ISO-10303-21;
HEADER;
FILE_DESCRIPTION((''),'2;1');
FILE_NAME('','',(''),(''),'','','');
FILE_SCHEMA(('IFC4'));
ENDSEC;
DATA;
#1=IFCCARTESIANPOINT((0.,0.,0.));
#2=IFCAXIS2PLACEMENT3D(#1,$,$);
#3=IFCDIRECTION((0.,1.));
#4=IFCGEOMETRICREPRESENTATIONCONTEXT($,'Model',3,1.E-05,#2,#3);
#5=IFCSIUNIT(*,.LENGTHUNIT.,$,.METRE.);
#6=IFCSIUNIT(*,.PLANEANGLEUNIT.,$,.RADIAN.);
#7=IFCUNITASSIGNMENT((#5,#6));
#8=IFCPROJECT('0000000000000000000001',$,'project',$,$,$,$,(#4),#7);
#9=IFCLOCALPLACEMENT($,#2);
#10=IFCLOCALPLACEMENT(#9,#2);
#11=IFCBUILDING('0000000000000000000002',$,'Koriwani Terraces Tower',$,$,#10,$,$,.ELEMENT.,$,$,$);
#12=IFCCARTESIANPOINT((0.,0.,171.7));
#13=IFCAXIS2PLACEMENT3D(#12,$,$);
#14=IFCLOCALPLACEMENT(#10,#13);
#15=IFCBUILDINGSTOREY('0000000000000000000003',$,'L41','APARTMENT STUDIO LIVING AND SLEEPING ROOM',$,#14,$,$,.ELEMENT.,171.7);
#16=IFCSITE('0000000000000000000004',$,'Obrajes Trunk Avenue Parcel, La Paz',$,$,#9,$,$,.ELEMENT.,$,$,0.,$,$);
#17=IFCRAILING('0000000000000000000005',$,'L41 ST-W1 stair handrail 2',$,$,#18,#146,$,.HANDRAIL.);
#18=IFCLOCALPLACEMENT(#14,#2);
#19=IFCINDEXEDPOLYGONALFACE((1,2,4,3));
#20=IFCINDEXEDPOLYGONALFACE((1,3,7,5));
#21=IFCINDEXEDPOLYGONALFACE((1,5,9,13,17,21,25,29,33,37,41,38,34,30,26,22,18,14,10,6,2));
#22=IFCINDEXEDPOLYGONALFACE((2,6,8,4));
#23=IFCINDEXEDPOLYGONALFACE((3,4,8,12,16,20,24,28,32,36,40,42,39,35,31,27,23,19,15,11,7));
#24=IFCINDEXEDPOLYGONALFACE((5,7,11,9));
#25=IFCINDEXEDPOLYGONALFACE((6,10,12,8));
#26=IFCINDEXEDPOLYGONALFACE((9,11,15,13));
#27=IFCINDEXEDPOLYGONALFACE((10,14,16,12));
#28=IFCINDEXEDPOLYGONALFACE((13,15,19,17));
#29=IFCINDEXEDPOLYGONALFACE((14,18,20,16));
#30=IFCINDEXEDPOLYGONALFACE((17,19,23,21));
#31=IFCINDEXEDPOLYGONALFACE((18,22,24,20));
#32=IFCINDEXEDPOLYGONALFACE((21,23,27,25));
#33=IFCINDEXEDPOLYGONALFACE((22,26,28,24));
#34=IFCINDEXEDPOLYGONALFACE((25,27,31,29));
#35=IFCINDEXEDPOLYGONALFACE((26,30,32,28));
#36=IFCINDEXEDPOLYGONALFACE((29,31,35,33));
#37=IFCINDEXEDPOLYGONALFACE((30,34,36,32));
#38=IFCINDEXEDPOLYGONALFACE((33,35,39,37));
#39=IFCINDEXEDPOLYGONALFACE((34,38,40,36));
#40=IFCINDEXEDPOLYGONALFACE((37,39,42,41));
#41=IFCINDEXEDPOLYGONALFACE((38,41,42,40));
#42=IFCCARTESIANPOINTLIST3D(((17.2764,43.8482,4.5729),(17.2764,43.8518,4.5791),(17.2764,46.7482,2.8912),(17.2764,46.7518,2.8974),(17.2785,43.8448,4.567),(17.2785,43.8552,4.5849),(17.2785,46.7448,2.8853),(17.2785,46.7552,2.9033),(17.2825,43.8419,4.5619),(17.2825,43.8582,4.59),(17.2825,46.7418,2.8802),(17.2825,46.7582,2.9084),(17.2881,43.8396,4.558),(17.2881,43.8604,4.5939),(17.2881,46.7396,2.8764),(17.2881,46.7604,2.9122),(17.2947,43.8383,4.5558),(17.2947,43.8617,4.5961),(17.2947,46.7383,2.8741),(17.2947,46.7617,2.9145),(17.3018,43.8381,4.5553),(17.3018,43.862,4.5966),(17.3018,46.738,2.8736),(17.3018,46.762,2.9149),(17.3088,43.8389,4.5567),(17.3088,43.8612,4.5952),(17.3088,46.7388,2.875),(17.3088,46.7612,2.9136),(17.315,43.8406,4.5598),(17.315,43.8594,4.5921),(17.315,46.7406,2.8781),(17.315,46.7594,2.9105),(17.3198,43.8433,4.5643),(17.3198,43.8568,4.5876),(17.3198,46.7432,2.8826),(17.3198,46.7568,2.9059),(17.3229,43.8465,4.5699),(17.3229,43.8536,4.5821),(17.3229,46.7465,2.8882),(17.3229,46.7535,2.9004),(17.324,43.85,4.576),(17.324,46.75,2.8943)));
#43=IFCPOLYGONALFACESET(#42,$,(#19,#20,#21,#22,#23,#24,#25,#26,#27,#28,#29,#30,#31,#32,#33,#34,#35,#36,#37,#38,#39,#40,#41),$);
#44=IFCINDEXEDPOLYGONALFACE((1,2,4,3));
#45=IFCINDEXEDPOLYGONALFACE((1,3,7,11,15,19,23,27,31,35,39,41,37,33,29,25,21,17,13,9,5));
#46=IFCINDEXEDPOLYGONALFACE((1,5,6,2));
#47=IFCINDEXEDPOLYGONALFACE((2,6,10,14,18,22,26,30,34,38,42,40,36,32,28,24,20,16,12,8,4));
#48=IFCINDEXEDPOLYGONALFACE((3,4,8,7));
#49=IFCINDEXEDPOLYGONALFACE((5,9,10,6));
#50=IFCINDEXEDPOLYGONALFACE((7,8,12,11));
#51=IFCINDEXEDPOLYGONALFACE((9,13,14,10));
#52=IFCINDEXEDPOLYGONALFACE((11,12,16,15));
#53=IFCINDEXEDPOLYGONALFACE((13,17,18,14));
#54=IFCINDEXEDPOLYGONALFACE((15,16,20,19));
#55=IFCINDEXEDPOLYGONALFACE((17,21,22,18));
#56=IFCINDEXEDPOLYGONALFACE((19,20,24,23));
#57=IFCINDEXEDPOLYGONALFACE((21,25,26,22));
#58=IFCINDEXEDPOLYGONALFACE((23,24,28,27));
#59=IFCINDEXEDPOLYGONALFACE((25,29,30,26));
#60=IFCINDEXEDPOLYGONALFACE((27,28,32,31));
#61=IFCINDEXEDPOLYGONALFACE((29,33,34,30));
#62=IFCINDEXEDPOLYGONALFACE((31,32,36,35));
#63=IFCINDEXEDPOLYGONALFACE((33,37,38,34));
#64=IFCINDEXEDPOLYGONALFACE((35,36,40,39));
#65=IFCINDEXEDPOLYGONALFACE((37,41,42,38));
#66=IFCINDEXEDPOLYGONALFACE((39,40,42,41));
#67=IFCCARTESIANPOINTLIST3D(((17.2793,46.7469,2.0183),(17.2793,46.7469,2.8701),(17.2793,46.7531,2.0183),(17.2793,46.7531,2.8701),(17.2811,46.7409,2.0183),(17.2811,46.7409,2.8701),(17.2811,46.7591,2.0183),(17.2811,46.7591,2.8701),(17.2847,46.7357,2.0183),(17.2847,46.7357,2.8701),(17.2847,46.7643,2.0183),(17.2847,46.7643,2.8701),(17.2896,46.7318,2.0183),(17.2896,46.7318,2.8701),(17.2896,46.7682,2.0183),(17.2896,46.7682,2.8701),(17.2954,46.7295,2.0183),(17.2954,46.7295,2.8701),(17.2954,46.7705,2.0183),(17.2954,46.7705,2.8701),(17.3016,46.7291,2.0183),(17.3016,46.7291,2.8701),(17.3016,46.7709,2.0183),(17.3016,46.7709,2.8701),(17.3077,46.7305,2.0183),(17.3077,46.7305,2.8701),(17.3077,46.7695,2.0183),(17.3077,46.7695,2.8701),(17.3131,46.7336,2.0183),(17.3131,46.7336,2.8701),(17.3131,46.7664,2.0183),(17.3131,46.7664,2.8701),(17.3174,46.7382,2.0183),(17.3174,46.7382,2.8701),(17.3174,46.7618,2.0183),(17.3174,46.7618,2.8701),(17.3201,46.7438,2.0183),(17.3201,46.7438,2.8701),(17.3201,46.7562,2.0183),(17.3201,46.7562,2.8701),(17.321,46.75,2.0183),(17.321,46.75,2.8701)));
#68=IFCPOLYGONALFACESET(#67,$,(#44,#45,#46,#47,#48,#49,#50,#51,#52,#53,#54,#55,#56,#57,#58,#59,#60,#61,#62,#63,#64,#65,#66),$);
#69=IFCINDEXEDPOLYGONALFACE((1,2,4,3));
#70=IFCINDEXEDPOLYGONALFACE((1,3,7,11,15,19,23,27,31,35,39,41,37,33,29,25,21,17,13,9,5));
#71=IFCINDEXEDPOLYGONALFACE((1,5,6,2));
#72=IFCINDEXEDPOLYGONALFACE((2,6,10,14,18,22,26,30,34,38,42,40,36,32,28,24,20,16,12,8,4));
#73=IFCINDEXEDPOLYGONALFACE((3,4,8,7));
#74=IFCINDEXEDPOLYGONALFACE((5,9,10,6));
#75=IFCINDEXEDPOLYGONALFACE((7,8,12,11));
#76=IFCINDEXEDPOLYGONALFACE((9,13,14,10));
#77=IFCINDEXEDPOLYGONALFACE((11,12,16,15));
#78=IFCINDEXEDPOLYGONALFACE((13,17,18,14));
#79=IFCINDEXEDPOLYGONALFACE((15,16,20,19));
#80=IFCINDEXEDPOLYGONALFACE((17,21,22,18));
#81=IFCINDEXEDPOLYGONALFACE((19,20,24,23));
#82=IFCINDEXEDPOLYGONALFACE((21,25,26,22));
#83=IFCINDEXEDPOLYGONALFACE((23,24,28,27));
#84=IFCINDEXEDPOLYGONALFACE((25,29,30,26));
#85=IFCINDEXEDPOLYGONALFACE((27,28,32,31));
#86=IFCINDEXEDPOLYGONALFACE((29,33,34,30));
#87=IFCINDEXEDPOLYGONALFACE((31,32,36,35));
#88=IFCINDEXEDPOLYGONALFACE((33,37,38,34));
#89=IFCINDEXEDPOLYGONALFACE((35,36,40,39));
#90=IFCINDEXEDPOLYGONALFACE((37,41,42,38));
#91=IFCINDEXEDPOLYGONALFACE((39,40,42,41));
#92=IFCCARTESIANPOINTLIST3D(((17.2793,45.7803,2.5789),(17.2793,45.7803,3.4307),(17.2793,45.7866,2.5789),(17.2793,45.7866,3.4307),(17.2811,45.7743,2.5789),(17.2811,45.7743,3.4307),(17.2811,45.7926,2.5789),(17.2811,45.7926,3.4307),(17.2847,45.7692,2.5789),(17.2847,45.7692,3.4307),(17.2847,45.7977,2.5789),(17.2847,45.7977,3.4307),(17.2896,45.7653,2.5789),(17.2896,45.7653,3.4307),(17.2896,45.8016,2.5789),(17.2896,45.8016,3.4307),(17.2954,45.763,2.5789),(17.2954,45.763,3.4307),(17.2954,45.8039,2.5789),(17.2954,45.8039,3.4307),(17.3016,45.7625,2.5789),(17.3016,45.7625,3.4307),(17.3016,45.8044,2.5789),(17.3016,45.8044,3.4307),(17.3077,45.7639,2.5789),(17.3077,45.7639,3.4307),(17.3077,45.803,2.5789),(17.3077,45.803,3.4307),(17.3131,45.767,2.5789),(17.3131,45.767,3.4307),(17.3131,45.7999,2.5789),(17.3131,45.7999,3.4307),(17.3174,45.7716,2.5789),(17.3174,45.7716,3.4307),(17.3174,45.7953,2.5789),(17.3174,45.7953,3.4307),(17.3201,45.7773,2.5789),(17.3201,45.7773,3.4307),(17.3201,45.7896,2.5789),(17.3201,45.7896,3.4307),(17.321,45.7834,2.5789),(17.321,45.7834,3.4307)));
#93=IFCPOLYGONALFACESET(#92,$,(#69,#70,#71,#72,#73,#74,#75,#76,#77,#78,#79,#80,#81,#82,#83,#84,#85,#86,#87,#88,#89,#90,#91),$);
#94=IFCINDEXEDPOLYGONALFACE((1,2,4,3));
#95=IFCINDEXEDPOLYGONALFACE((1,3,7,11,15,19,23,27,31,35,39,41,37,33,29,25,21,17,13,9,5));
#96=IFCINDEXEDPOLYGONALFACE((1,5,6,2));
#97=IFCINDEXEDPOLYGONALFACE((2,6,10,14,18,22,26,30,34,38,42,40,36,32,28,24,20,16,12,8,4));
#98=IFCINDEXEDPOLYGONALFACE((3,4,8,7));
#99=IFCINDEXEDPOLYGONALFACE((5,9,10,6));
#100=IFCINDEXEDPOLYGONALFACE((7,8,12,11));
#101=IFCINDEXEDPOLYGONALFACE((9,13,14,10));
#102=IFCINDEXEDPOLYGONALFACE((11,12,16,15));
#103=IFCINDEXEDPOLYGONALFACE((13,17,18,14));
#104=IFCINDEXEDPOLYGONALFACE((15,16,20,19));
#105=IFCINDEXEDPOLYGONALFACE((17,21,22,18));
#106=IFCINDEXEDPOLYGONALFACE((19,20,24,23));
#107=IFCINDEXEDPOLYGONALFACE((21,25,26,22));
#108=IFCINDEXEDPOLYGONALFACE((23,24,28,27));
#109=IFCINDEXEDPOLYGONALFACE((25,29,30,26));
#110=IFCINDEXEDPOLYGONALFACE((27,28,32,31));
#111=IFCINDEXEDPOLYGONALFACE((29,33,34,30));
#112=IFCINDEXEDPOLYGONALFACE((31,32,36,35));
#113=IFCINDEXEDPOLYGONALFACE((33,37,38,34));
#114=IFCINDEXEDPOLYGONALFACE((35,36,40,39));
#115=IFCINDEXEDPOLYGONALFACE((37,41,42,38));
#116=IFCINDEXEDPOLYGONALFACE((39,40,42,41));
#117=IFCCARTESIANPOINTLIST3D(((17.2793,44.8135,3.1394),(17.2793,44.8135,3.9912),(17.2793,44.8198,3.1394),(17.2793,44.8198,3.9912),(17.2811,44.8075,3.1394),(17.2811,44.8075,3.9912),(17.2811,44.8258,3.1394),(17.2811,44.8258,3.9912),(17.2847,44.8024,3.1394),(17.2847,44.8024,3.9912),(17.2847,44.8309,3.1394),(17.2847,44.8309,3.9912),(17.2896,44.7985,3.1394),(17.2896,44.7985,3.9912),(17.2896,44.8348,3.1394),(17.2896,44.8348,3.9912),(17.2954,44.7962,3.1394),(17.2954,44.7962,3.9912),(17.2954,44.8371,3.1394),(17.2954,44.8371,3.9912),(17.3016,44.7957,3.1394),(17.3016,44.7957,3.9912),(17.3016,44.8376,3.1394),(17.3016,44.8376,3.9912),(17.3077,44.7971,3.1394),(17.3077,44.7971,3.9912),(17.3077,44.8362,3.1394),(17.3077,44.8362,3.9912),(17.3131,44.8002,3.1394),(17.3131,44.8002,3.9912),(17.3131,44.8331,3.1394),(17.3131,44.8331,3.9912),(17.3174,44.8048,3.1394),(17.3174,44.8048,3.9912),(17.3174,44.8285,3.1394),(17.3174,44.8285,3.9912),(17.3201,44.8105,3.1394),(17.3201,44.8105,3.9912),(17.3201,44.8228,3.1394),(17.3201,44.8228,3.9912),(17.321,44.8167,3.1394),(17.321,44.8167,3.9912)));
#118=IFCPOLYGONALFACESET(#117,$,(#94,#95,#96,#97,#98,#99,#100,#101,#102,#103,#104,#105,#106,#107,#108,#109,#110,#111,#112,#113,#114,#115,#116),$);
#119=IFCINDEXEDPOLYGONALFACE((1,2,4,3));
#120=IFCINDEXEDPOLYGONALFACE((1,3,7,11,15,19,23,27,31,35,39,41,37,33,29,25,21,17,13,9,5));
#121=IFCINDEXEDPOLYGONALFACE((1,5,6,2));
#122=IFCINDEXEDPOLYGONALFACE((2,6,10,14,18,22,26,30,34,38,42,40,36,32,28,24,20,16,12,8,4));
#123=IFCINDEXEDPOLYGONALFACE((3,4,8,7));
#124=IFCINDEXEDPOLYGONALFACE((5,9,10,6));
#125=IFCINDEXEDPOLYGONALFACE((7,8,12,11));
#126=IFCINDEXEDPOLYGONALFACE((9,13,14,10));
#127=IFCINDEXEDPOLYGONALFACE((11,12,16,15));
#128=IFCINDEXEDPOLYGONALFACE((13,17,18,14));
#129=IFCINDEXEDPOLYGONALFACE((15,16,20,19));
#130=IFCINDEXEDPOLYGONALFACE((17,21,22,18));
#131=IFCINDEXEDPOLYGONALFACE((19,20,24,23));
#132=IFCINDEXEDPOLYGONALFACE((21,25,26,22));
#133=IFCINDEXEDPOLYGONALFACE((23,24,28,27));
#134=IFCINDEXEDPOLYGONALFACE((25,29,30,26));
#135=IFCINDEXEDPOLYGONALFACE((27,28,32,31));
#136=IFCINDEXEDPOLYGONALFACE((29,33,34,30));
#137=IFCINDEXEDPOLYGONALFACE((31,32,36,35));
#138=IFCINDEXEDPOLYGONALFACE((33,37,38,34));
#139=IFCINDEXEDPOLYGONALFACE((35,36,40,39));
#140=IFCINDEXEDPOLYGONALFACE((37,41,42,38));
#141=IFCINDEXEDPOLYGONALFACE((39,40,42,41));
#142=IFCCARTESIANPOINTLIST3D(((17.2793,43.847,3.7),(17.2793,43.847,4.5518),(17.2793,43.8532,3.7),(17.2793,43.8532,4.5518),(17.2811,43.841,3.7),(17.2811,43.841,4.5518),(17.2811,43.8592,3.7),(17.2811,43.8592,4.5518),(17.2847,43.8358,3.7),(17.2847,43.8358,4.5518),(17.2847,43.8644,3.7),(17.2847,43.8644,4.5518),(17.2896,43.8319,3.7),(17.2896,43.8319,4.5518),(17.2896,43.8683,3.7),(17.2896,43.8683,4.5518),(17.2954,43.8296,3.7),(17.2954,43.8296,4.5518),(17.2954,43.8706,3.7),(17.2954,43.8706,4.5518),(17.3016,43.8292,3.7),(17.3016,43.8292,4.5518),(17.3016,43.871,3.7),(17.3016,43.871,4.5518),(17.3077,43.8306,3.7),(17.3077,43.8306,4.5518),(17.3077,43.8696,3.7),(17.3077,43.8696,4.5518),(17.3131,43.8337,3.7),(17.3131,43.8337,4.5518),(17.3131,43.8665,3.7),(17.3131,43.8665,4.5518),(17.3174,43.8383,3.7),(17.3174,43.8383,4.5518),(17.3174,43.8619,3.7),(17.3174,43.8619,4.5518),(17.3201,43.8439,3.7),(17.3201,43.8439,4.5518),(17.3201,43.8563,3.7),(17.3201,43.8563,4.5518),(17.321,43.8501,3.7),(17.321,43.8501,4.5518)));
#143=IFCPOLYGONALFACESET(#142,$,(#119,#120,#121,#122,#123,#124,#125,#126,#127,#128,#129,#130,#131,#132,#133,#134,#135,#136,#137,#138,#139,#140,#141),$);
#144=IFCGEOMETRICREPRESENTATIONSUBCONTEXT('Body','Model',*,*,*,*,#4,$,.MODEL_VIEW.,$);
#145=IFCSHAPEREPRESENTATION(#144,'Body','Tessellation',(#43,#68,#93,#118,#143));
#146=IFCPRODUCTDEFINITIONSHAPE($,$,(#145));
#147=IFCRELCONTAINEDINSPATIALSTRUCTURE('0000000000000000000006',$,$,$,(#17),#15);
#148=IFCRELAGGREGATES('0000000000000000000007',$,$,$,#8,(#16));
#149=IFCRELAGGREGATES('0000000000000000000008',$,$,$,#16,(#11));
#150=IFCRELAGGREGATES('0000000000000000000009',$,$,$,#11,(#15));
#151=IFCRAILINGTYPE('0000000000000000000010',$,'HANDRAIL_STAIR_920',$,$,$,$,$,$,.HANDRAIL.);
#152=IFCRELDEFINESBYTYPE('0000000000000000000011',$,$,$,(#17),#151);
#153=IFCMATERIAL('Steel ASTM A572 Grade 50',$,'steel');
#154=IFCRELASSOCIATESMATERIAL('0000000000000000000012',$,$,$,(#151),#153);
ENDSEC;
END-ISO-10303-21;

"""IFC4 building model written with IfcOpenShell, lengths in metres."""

from ifc_helpers import new_model, si_unit, direction, frame, origin, origin_2d, place, context, subcontext, project, spatial, circle, extrude, material, type_object, element, save


model = new_model("IFC4")

# Units and contexts
model_context = context("Model", 3, precision=1e-05, world=origin(), true_north=direction((0.0, 1.0)))
body_context = subcontext(model_context, "Body", "Model", "MODEL_VIEW")
ifc_project = project(units=[si_unit("LENGTHUNIT", "METRE"), si_unit("PLANEANGLEUNIT", "RADIAN")], contexts=[model_context])

# Site, building, storey
site_placement = place(None, origin())
site = spatial("IfcSite", under=ifc_project, at=site_placement, Name="Obrajes Trunk Avenue Parcel, La Paz", CompositionType="ELEMENT", RefElevation=0.0)
building_placement = place(site_placement, origin())
building = spatial("IfcBuilding", under=site, at=building_placement, Name="Koriwani Terraces Tower", CompositionType="ELEMENT")
storey_placement = place(building_placement, frame((0.0, 0.0, 171.7)))
storey = spatial("IfcBuildingStorey", under=building, at=storey_placement, Name="L41", Description="APARTMENT STUDIO LIVING AND SLEEPING ROOM", CompositionType="ELEMENT", Elevation=171.7)

# Shared definitions
ifc_material_1 = material(Name="Steel ASTM A572 Grade 50", Category="steel")

# Railing
railing_type_1 = type_object("IfcRailingType", Name="HANDRAIL_STAIR_920", PredefinedType="HANDRAIL", material=ifc_material_1)
railing_1_placement = place(storey_placement, frame((17.3, 46.75, 2.0183)))
element("IfcRailing", 1, at=railing_1_placement, inside=storey, type_object=railing_type_1, Name="L41 ST-W1 stair handrail 2", PredefinedType="HANDRAIL", context=body_context, shape_type="SweptSolid", body=[
    extrude(circle(Radius=0.0239, at=origin_2d()), frame((0.0, 0.0, 0.876), z_axis=(0.0, -0.86507, 0.501651), x_axis=(1.0, 0.0, 0.0)), (0.0, 0.0, 1.0), 3.3523),
    extrude(circle(Radius=0.021, at=origin_2d()), origin(), (0.0, 0.0, 1.0), 0.8518),
    extrude(circle(Radius=0.021, at=origin_2d()), frame((0.0, -0.9666, 0.5605)), (0.0, 0.0, 1.0), 0.8518),
    extrude(circle(Radius=0.021, at=origin_2d()), frame((0.0, -1.9333, 1.1211)), (0.0, 0.0, 1.0), 0.8518),
    extrude(circle(Radius=0.021, at=origin_2d()), frame((0.0, -2.8999, 1.6816)), (0.0, 0.0, 1.0), 0.8518),
])

save(model, "model.ifc")
